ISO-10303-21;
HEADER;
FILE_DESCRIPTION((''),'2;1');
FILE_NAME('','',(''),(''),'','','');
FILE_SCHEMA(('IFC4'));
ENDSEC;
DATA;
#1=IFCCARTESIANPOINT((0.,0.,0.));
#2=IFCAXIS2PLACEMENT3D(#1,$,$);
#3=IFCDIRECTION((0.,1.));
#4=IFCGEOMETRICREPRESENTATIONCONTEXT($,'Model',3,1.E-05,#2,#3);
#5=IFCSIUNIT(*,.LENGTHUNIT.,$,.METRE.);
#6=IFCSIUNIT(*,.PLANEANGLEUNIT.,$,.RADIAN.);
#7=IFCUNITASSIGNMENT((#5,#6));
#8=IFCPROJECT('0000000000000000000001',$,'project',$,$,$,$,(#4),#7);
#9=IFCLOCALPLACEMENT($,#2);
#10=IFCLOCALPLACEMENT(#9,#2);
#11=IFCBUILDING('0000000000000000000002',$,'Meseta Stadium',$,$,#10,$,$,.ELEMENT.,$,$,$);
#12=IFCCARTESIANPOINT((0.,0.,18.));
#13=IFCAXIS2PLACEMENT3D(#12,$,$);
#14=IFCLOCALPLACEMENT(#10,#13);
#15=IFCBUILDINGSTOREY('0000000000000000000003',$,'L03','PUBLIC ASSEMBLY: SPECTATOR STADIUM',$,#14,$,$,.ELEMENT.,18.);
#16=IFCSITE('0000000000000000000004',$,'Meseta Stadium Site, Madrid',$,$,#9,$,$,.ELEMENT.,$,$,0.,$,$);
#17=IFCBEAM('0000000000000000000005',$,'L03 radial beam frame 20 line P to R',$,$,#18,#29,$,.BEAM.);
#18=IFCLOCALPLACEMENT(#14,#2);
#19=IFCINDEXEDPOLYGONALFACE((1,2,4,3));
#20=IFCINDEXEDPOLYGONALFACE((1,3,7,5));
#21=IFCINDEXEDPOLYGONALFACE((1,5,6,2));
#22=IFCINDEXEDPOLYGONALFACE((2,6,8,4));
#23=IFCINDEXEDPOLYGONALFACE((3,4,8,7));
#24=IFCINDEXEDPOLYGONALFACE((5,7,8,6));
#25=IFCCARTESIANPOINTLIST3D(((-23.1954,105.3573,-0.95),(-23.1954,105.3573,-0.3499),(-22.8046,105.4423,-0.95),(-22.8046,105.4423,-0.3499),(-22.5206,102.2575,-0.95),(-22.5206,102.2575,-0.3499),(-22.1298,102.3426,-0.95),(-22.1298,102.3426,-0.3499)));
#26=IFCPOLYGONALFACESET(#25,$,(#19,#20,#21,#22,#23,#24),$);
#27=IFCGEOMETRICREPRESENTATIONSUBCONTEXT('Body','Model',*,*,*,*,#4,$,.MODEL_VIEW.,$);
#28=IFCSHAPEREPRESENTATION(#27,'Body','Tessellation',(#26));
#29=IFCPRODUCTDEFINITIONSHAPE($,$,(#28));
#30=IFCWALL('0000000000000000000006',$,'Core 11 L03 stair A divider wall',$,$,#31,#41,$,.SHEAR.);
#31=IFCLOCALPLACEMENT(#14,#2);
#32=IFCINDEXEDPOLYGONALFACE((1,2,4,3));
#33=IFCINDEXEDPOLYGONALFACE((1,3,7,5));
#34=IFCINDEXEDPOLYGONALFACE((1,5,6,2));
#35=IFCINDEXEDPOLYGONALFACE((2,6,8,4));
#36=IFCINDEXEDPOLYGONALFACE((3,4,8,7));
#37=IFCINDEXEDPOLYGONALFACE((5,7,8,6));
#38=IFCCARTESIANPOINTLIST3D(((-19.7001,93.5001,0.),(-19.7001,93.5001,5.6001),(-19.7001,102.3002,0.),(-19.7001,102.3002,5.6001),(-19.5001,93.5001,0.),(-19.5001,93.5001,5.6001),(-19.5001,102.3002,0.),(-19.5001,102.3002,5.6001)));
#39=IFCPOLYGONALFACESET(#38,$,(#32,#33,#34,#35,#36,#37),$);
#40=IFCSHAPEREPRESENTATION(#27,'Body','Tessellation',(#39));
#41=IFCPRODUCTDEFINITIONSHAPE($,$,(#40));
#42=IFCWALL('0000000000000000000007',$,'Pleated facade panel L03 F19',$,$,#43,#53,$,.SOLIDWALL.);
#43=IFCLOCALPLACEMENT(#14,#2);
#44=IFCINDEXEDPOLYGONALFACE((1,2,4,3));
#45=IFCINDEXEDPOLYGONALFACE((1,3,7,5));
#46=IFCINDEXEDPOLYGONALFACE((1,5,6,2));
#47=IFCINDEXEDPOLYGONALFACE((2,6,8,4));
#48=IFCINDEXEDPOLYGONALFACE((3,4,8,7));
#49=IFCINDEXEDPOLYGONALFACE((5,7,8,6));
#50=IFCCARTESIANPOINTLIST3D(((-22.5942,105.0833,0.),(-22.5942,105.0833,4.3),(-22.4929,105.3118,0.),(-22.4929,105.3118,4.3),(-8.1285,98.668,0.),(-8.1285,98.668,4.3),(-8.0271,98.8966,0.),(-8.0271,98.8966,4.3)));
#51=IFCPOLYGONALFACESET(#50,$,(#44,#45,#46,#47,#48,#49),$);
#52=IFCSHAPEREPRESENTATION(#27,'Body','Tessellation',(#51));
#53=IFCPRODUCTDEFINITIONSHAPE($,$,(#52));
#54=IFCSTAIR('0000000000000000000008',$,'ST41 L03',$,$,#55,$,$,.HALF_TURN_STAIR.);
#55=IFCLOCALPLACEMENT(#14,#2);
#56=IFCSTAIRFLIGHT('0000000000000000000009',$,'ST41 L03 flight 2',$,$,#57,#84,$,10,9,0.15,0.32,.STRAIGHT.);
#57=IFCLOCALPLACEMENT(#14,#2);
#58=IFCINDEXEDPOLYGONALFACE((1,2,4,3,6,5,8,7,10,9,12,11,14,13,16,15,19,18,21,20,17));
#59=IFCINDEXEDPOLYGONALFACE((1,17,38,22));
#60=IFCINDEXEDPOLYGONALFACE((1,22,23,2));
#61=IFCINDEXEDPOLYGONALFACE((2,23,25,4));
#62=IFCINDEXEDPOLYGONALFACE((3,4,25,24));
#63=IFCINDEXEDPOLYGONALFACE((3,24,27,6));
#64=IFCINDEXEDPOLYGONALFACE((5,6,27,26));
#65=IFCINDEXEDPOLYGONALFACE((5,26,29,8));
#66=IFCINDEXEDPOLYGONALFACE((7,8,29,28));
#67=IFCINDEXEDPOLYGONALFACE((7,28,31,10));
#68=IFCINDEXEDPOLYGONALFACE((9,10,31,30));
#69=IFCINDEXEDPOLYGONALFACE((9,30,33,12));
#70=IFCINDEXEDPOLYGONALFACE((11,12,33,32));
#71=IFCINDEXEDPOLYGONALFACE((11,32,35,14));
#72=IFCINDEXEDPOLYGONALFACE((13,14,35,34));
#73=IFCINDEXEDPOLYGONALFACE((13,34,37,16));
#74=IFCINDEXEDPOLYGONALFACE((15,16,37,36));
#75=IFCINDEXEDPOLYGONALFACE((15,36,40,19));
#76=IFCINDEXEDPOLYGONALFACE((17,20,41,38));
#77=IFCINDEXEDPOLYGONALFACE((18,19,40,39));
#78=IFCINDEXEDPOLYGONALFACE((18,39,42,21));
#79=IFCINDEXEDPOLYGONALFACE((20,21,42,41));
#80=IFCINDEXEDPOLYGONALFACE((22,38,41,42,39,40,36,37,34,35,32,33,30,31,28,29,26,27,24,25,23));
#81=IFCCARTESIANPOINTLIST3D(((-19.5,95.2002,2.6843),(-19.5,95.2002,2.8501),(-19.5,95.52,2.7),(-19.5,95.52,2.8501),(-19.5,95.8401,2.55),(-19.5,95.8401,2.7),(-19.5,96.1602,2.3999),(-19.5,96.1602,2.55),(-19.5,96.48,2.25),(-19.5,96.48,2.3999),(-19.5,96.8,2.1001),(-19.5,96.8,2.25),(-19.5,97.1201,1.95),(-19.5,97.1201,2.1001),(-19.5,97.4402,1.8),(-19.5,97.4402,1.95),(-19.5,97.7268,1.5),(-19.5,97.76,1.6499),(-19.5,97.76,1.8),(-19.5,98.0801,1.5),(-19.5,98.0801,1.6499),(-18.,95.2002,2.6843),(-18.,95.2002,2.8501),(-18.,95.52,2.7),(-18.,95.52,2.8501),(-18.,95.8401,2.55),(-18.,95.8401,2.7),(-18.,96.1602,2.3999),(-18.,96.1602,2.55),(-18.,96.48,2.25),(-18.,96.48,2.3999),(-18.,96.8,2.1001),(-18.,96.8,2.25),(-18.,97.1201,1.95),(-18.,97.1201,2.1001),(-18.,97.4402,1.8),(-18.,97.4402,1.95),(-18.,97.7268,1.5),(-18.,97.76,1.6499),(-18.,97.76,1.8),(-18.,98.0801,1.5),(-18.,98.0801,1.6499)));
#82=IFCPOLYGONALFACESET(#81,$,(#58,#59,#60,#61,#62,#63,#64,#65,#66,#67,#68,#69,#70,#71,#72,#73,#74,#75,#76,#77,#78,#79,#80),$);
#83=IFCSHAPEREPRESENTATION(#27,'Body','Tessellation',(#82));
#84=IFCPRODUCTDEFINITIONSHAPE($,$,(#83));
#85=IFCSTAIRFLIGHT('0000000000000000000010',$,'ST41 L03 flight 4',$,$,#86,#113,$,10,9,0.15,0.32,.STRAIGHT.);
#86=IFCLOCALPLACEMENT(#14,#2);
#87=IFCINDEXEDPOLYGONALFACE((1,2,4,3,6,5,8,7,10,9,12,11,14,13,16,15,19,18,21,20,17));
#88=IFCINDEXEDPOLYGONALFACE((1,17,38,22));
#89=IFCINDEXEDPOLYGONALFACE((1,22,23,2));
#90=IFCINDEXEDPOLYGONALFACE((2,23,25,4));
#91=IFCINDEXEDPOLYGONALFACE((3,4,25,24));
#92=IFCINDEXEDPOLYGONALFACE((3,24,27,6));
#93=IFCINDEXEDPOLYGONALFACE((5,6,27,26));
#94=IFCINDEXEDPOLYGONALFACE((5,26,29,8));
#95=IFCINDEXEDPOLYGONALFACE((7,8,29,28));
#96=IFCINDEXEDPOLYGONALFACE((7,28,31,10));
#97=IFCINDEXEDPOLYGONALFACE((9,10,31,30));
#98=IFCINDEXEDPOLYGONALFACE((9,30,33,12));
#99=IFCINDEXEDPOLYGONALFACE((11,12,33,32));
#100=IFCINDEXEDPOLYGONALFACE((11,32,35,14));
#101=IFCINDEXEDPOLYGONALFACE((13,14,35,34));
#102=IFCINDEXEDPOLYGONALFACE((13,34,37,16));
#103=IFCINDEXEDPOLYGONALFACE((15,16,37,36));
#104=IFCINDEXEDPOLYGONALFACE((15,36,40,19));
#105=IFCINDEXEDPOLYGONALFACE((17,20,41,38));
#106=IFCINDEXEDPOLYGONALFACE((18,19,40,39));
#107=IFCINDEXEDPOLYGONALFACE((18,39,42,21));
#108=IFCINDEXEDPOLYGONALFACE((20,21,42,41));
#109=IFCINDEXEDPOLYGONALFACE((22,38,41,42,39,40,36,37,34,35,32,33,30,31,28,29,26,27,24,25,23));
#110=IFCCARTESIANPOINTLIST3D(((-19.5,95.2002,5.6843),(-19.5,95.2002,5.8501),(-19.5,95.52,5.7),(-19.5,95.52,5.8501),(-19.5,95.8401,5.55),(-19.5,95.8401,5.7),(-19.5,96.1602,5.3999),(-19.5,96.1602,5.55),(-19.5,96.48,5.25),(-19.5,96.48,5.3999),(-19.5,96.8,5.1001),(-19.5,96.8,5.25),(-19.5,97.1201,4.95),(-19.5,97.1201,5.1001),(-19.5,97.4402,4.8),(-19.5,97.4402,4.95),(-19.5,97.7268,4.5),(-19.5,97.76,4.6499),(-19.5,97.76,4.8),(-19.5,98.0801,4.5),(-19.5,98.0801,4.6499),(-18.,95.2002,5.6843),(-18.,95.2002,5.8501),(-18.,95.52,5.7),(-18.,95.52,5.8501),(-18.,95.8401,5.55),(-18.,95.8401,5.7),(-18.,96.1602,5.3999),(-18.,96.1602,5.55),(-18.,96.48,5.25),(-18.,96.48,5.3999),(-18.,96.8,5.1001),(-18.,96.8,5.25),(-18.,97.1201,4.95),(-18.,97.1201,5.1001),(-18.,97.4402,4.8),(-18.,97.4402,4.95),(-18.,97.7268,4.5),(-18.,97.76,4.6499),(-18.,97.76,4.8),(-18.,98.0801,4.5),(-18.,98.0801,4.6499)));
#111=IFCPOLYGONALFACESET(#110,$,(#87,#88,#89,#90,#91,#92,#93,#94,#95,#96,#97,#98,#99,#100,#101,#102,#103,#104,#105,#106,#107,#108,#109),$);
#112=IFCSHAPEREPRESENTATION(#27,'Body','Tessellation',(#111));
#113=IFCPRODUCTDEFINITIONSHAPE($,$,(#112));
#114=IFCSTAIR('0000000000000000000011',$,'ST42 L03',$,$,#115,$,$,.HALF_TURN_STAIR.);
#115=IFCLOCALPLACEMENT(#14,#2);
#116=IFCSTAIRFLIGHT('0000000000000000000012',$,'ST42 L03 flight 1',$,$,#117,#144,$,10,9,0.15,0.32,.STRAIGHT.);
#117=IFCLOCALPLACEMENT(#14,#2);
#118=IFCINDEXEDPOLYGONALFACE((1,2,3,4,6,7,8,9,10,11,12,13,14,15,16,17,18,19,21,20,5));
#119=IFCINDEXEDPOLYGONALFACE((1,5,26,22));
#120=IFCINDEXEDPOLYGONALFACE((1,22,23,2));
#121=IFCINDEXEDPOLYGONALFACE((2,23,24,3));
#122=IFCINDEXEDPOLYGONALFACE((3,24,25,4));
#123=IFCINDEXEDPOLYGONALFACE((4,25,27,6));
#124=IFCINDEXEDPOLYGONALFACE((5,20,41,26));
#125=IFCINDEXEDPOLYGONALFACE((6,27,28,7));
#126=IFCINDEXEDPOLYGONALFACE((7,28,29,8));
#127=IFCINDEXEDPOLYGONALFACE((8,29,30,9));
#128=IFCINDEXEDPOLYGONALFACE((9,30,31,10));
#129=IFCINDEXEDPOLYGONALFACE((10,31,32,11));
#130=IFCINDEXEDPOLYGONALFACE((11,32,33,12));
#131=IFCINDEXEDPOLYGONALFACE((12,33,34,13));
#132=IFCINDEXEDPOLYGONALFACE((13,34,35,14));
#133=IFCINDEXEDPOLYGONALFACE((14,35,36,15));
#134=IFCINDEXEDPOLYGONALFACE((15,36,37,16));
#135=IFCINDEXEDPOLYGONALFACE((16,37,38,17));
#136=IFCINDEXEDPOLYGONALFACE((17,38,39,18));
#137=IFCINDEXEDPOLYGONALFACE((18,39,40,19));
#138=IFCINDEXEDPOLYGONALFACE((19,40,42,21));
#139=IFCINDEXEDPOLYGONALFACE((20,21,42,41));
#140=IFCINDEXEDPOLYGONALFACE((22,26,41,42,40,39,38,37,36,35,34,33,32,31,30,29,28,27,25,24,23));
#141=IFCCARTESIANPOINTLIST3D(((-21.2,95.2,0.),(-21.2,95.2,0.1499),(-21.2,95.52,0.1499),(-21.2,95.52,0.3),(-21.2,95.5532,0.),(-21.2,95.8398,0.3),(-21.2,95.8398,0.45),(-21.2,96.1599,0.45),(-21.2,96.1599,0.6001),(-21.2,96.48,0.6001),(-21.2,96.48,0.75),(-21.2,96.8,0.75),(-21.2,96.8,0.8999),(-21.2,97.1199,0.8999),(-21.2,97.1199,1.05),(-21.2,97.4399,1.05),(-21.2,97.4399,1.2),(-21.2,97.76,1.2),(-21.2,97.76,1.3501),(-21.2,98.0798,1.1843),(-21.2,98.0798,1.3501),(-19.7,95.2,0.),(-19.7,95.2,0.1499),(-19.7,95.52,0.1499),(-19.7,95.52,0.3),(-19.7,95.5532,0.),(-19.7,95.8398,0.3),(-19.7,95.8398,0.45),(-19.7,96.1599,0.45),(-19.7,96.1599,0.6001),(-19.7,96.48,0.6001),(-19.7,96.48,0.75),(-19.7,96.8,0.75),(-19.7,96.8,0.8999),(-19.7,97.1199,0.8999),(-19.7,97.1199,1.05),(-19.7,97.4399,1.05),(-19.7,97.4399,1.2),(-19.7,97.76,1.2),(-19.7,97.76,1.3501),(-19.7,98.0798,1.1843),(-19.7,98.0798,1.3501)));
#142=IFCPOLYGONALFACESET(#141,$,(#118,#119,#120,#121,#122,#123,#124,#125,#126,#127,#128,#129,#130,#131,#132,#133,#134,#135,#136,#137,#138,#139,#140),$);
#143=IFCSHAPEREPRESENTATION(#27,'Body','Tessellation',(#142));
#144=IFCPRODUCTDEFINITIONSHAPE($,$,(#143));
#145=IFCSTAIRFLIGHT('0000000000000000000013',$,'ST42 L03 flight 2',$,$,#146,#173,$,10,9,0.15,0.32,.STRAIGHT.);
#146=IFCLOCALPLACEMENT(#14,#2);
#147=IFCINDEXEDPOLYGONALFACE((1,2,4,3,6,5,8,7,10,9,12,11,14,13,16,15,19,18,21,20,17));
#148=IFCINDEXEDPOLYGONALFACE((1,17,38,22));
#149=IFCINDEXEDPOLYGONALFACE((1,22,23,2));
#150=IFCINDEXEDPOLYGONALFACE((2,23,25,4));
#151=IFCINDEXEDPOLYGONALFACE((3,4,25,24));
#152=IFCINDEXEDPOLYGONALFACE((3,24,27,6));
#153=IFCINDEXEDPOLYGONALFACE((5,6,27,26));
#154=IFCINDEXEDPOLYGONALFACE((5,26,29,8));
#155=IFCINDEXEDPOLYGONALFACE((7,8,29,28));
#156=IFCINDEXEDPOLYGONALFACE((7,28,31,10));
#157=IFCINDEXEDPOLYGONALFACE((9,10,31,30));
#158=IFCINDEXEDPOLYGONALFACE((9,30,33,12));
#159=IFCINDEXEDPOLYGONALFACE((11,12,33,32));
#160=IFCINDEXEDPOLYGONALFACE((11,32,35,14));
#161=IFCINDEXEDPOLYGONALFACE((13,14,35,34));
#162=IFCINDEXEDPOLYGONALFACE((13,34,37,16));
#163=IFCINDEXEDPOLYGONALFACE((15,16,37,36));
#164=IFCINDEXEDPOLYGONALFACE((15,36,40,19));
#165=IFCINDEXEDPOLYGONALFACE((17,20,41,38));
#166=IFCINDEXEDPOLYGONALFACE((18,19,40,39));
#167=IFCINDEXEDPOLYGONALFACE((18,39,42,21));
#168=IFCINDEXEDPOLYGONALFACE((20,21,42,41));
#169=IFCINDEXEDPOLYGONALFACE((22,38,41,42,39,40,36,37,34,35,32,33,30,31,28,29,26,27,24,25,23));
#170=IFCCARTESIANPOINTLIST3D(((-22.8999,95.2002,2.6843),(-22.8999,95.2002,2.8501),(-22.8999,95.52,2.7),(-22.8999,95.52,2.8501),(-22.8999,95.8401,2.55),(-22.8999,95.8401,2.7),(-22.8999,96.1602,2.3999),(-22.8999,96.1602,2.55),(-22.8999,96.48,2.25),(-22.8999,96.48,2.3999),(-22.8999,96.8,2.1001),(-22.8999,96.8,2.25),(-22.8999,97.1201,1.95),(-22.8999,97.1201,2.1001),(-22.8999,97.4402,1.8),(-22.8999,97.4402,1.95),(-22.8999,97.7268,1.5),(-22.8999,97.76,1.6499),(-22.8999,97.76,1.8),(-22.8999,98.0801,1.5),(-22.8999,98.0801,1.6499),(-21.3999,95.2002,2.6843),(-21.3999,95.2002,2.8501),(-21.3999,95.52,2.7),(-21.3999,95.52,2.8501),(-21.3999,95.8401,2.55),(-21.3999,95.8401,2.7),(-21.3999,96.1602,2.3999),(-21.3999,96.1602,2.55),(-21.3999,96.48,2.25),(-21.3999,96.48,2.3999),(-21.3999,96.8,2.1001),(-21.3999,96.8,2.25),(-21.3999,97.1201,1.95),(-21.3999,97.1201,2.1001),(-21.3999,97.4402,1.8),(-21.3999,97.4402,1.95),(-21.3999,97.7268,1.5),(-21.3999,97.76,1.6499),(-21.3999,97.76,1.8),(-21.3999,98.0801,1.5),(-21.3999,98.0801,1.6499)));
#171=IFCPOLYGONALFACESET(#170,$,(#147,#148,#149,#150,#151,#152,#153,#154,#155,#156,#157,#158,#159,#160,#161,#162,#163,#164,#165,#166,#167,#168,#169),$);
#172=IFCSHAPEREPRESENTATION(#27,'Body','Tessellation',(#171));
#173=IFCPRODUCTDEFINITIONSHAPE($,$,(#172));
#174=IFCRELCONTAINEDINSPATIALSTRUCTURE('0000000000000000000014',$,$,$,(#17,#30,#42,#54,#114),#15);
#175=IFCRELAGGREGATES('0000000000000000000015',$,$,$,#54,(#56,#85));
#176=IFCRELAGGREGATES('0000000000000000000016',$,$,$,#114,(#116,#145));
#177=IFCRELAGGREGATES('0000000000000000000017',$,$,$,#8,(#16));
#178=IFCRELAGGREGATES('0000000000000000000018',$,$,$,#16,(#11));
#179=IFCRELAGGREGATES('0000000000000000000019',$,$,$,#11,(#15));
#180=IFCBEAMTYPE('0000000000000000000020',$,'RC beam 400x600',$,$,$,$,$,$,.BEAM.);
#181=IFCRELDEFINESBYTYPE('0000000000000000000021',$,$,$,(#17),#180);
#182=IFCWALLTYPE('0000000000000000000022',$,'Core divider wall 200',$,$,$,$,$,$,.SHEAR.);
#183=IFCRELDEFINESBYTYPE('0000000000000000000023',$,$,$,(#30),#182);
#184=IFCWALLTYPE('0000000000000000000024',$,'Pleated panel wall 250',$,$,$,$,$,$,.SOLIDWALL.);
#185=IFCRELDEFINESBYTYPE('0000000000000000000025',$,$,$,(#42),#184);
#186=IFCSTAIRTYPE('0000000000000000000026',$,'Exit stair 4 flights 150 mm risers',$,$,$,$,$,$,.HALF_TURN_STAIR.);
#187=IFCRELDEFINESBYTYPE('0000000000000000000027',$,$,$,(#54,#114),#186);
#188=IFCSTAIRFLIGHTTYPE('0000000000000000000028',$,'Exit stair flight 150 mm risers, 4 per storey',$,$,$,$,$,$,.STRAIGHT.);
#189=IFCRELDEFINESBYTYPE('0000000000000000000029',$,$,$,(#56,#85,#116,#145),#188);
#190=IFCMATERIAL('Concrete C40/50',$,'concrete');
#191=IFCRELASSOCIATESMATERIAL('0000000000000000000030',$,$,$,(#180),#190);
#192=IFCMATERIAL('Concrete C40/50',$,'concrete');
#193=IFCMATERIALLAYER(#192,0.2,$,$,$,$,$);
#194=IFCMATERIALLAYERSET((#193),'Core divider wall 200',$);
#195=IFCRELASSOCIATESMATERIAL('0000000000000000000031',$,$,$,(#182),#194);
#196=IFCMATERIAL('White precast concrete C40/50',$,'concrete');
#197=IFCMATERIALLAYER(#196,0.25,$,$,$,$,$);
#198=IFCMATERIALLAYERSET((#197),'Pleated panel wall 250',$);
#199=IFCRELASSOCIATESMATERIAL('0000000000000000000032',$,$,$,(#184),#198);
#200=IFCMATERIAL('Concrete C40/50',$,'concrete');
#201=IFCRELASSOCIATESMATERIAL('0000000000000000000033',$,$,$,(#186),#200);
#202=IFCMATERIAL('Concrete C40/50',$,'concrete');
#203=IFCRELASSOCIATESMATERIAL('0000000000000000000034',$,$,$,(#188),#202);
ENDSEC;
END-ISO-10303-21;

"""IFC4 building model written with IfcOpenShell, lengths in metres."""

from ifc_helpers import new_model, si_unit, direction, frame, frame_2d, origin, origin_2d, place, context, subcontext, project, spatial, polyline, rectangle, outline, extrude, material, layer, layer_set, material_profile, profile_set, type_object, element, aggregate, save


model = new_model("IFC4")

# Units and contexts
model_context = context("Model", 3, precision=1e-05, world=origin(), true_north=direction((0.0, 1.0)))
body_context = subcontext(model_context, "Body", "Model", "MODEL_VIEW")
ifc_project = project(units=[si_unit("LENGTHUNIT", "METRE"), si_unit("PLANEANGLEUNIT", "RADIAN")], contexts=[model_context])

# Site, building, storey
site_placement = place(None, origin())
site = spatial("IfcSite", under=ifc_project, at=site_placement, Name="Meseta Stadium Site, Madrid", CompositionType="ELEMENT", RefElevation=0.0)
building_placement = place(site_placement, origin())
building = spatial("IfcBuilding", under=site, at=building_placement, Name="Meseta Stadium", CompositionType="ELEMENT")
storey_placement = place(building_placement, frame((0.0, 0.0, 18.0)))
storey = spatial("IfcBuildingStorey", under=building, at=storey_placement, Name="L03", Description="PUBLIC ASSEMBLY: SPECTATOR STADIUM", CompositionType="ELEMENT", Elevation=18.0)

# Beam
ifc_material_1 = material(Name="Concrete C40/50", Category="concrete")
ifc_material_profile = material_profile(ifc_material_1, rectangle(XDim=0.3999, YDim=0.6001, at=origin_2d()), Name="RC 400x600")
ifc_profile_set = profile_set([ifc_material_profile], Name="Concrete C40/50")
beam_type = type_object("IfcBeamType", Name="RC beam 400x600", PredefinedType="BEAM", material=ifc_profile_set)
beam_placement = place(storey_placement, frame((-22.3252, 102.3, -0.6499), z_axis=(-0.212708, 0.977116, 0.0), x_axis=(-0.977116, -0.212708, 0.0)))
element("IfcBeam", 1, at=beam_placement, inside=storey, type_object=beam_type, Name="L03 radial beam frame 20 line P to R", PredefinedType="BEAM", context=body_context, shape_type="SweptSolid", body=[
    extrude(rectangle(XDim=0.3999, YDim=0.6001, at=origin_2d()), origin(), (0.0, 0.0, 1.0), 3.1724),
])

# Walls
ifc_material_2 = material(Name="Concrete C40/50", Category="concrete")
ifc_layer_1 = layer(ifc_material_2, 0.2)
ifc_layer_set_1 = layer_set([ifc_layer_1], Name="Core divider wall 200")
wall_type_1 = type_object("IfcWallType", Name="Core divider wall 200", PredefinedType="SHEAR", material=ifc_layer_set_1)
wall_1_placement = place(storey_placement, frame((-19.6001, 102.3, 0.0), z_axis=(0.0, 0.0, 1.0), x_axis=(0.0, -1.0, 0.0)))
element("IfcWall", 2, at=wall_1_placement, inside=storey, type_object=wall_type_1, Name="Core 11 L03 stair A divider wall", PredefinedType="SHEAR", context=body_context, shape_type="SweptSolid", body=[
    extrude(rectangle(XDim=8.8, YDim=0.2, at=frame_2d((4.3999, 0.0))), origin(), (0.0, 0.0, 1.0), 5.6001),
])
ifc_material_3 = material(Name="White precast concrete C40/50", Category="concrete")
ifc_layer_2 = layer(ifc_material_3, 0.25)
ifc_layer_set_2 = layer_set([ifc_layer_2], Name="Pleated panel wall 250")
wall_type_2 = type_object("IfcWallType", Name="Pleated panel wall 250", PredefinedType="SOLIDWALL", material=ifc_layer_set_2)
wall_2_placement = place(storey_placement, frame((-22.5435, 105.1975, 0.0), z_axis=(0.0, 0.0, 1.0), x_axis=(0.914139, -0.405401, 0.0)))
element("IfcWall", 3, at=wall_2_placement, inside=storey, type_object=wall_type_2, Name="Pleated facade panel L03 F19", PredefinedType="SOLIDWALL", context=body_context, shape_type="SweptSolid", body=[
    extrude(rectangle(XDim=15.8245, YDim=0.25, at=frame_2d((7.9121, 0.0))), origin(), (0.0, 0.0, 1.0), 4.3),
])

# Stairs, stair flights
ifc_material_4 = material(Name="Concrete C40/50", Category="concrete")
stair_type = type_object("IfcStairType", Name="Exit stair 4 flights 150 mm risers", PredefinedType="HALF_TURN_STAIR", material=ifc_material_4)
stair_1_placement = place(storey_placement, origin())
stair_1 = element("IfcStair", 4, at=stair_1_placement, inside=storey, type_object=stair_type, Name="ST41 L03", PredefinedType="HALF_TURN_STAIR")
ifc_material_5 = material(Name="Concrete C40/50", Category="concrete")
stair_flight_type = type_object("IfcStairFlightType", Name="Exit stair flight 150 mm risers, 4 per storey", PredefinedType="STRAIGHT", material=ifc_material_5)
stair_flight_1_placement = place(storey_placement, frame((-18.75, 98.0801, 1.5), z_axis=(0.0, 0.0, 1.0), x_axis=(0.0, -1.0, 0.0)))
stair_flight_1 = element("IfcStairFlight", 5, at=stair_flight_1_placement, type_object=stair_flight_type, Name="ST41 L03 flight 2", NumberOfRisers=10, NumberOfTreads=9, PredefinedType="STRAIGHT", RiserHeight=0.15, TreadLength=0.32, context=body_context, shape_type="SweptSolid", body=[
    extrude(outline(polyline([(0.0, 0.0), (0.0, 0.1499), (0.3201, 0.1499), (0.3201, 0.3), (0.6399, 0.3), (0.6399, 0.45), (0.96, 0.45), (0.96, 0.6001), (1.28, 0.6001), (1.28, 0.75), (1.6001, 0.75), (1.6001, 0.8999), (1.9199, 0.8999), (1.9199, 1.05), (2.24, 1.05), (2.24, 1.2), (2.5601, 1.2), (2.5601, 1.3501), (2.8799, 1.3501), (2.8799, 1.1843), (0.3533, 0.0), (0.0, 0.0)])), frame((0.0, 0.75, 0.0), z_axis=(0.0, -1.0, 0.0), x_axis=(1.0, 0.0, 0.0)), (0.0, 0.0, 1.0), 1.5),
])
stair_flight_2_placement = place(storey_placement, frame((-18.75, 98.0801, 4.5), z_axis=(0.0, 0.0, 1.0), x_axis=(0.0, -1.0, 0.0)))
stair_flight_2 = element("IfcStairFlight", 6, at=stair_flight_2_placement, type_object=stair_flight_type, Name="ST41 L03 flight 4", NumberOfRisers=10, NumberOfTreads=9, PredefinedType="STRAIGHT", RiserHeight=0.15, TreadLength=0.32, context=body_context, shape_type="SweptSolid", body=[
    extrude(outline(polyline([(0.0, 0.0), (0.0, 0.1499), (0.3201, 0.1499), (0.3201, 0.3), (0.6399, 0.3), (0.6399, 0.45), (0.96, 0.45), (0.96, 0.6001), (1.28, 0.6001), (1.28, 0.75), (1.6001, 0.75), (1.6001, 0.8999), (1.9199, 0.8999), (1.9199, 1.05), (2.24, 1.05), (2.24, 1.2), (2.5601, 1.2), (2.5601, 1.3501), (2.8799, 1.3501), (2.8799, 1.1843), (0.3533, 0.0), (0.0, 0.0)])), frame((0.0, 0.75, 0.0), z_axis=(0.0, -1.0, 0.0), x_axis=(1.0, 0.0, 0.0)), (0.0, 0.0, 1.0), 1.5),
])
aggregate(stair_1, [stair_flight_1, stair_flight_2])
stair_2_placement = place(storey_placement, origin())
stair_2 = element("IfcStair", 7, at=stair_2_placement, inside=storey, type_object=stair_type, Name="ST42 L03", PredefinedType="HALF_TURN_STAIR")
stair_flight_3_placement = place(storey_placement, frame((-20.45, 95.2, 0.0), z_axis=(0.0, 0.0, 1.0), x_axis=(0.0, 1.0, 0.0)))
stair_flight_3 = element("IfcStairFlight", 8, at=stair_flight_3_placement, type_object=stair_flight_type, Name="ST42 L03 flight 1", NumberOfRisers=10, NumberOfTreads=9, PredefinedType="STRAIGHT", RiserHeight=0.15, TreadLength=0.32, context=body_context, shape_type="SweptSolid", body=[
    extrude(outline(polyline([(0.0, 0.0), (0.0, 0.1499), (0.3201, 0.1499), (0.3201, 0.3), (0.6399, 0.3), (0.6399, 0.45), (0.96, 0.45), (0.96, 0.6001), (1.28, 0.6001), (1.28, 0.75), (1.6001, 0.75), (1.6001, 0.8999), (1.9199, 0.8999), (1.9199, 1.05), (2.24, 1.05), (2.24, 1.2), (2.5601, 1.2), (2.5601, 1.3501), (2.8799, 1.3501), (2.8799, 1.1843), (0.3533, 0.0), (0.0, 0.0)])), frame((0.0, 0.75, 0.0), z_axis=(0.0, -1.0, 0.0), x_axis=(1.0, 0.0, 0.0)), (0.0, 0.0, 1.0), 1.5),
])
stair_flight_4_placement = place(storey_placement, frame((-22.1499, 98.0801, 1.5), z_axis=(0.0, 0.0, 1.0), x_axis=(0.0, -1.0, 0.0)))
stair_flight_4 = element("IfcStairFlight", 9, at=stair_flight_4_placement, type_object=stair_flight_type, Name="ST42 L03 flight 2", NumberOfRisers=10, NumberOfTreads=9, PredefinedType="STRAIGHT", RiserHeight=0.15, TreadLength=0.32, context=body_context, shape_type="SweptSolid", body=[
    extrude(outline(polyline([(0.0, 0.0), (0.0, 0.1499), (0.3201, 0.1499), (0.3201, 0.3), (0.6399, 0.3), (0.6399, 0.45), (0.96, 0.45), (0.96, 0.6001), (1.28, 0.6001), (1.28, 0.75), (1.6001, 0.75), (1.6001, 0.8999), (1.9199, 0.8999), (1.9199, 1.05), (2.24, 1.05), (2.24, 1.2), (2.5601, 1.2), (2.5601, 1.3501), (2.8799, 1.3501), (2.8799, 1.1843), (0.3533, 0.0), (0.0, 0.0)])), frame((0.0, 0.75, 0.0), z_axis=(0.0, -1.0, 0.0), x_axis=(1.0, 0.0, 0.0)), (0.0, 0.0, 1.0), 1.5),
])
aggregate(stair_2, [stair_flight_3, stair_flight_4])

save(model, "model.ifc")
